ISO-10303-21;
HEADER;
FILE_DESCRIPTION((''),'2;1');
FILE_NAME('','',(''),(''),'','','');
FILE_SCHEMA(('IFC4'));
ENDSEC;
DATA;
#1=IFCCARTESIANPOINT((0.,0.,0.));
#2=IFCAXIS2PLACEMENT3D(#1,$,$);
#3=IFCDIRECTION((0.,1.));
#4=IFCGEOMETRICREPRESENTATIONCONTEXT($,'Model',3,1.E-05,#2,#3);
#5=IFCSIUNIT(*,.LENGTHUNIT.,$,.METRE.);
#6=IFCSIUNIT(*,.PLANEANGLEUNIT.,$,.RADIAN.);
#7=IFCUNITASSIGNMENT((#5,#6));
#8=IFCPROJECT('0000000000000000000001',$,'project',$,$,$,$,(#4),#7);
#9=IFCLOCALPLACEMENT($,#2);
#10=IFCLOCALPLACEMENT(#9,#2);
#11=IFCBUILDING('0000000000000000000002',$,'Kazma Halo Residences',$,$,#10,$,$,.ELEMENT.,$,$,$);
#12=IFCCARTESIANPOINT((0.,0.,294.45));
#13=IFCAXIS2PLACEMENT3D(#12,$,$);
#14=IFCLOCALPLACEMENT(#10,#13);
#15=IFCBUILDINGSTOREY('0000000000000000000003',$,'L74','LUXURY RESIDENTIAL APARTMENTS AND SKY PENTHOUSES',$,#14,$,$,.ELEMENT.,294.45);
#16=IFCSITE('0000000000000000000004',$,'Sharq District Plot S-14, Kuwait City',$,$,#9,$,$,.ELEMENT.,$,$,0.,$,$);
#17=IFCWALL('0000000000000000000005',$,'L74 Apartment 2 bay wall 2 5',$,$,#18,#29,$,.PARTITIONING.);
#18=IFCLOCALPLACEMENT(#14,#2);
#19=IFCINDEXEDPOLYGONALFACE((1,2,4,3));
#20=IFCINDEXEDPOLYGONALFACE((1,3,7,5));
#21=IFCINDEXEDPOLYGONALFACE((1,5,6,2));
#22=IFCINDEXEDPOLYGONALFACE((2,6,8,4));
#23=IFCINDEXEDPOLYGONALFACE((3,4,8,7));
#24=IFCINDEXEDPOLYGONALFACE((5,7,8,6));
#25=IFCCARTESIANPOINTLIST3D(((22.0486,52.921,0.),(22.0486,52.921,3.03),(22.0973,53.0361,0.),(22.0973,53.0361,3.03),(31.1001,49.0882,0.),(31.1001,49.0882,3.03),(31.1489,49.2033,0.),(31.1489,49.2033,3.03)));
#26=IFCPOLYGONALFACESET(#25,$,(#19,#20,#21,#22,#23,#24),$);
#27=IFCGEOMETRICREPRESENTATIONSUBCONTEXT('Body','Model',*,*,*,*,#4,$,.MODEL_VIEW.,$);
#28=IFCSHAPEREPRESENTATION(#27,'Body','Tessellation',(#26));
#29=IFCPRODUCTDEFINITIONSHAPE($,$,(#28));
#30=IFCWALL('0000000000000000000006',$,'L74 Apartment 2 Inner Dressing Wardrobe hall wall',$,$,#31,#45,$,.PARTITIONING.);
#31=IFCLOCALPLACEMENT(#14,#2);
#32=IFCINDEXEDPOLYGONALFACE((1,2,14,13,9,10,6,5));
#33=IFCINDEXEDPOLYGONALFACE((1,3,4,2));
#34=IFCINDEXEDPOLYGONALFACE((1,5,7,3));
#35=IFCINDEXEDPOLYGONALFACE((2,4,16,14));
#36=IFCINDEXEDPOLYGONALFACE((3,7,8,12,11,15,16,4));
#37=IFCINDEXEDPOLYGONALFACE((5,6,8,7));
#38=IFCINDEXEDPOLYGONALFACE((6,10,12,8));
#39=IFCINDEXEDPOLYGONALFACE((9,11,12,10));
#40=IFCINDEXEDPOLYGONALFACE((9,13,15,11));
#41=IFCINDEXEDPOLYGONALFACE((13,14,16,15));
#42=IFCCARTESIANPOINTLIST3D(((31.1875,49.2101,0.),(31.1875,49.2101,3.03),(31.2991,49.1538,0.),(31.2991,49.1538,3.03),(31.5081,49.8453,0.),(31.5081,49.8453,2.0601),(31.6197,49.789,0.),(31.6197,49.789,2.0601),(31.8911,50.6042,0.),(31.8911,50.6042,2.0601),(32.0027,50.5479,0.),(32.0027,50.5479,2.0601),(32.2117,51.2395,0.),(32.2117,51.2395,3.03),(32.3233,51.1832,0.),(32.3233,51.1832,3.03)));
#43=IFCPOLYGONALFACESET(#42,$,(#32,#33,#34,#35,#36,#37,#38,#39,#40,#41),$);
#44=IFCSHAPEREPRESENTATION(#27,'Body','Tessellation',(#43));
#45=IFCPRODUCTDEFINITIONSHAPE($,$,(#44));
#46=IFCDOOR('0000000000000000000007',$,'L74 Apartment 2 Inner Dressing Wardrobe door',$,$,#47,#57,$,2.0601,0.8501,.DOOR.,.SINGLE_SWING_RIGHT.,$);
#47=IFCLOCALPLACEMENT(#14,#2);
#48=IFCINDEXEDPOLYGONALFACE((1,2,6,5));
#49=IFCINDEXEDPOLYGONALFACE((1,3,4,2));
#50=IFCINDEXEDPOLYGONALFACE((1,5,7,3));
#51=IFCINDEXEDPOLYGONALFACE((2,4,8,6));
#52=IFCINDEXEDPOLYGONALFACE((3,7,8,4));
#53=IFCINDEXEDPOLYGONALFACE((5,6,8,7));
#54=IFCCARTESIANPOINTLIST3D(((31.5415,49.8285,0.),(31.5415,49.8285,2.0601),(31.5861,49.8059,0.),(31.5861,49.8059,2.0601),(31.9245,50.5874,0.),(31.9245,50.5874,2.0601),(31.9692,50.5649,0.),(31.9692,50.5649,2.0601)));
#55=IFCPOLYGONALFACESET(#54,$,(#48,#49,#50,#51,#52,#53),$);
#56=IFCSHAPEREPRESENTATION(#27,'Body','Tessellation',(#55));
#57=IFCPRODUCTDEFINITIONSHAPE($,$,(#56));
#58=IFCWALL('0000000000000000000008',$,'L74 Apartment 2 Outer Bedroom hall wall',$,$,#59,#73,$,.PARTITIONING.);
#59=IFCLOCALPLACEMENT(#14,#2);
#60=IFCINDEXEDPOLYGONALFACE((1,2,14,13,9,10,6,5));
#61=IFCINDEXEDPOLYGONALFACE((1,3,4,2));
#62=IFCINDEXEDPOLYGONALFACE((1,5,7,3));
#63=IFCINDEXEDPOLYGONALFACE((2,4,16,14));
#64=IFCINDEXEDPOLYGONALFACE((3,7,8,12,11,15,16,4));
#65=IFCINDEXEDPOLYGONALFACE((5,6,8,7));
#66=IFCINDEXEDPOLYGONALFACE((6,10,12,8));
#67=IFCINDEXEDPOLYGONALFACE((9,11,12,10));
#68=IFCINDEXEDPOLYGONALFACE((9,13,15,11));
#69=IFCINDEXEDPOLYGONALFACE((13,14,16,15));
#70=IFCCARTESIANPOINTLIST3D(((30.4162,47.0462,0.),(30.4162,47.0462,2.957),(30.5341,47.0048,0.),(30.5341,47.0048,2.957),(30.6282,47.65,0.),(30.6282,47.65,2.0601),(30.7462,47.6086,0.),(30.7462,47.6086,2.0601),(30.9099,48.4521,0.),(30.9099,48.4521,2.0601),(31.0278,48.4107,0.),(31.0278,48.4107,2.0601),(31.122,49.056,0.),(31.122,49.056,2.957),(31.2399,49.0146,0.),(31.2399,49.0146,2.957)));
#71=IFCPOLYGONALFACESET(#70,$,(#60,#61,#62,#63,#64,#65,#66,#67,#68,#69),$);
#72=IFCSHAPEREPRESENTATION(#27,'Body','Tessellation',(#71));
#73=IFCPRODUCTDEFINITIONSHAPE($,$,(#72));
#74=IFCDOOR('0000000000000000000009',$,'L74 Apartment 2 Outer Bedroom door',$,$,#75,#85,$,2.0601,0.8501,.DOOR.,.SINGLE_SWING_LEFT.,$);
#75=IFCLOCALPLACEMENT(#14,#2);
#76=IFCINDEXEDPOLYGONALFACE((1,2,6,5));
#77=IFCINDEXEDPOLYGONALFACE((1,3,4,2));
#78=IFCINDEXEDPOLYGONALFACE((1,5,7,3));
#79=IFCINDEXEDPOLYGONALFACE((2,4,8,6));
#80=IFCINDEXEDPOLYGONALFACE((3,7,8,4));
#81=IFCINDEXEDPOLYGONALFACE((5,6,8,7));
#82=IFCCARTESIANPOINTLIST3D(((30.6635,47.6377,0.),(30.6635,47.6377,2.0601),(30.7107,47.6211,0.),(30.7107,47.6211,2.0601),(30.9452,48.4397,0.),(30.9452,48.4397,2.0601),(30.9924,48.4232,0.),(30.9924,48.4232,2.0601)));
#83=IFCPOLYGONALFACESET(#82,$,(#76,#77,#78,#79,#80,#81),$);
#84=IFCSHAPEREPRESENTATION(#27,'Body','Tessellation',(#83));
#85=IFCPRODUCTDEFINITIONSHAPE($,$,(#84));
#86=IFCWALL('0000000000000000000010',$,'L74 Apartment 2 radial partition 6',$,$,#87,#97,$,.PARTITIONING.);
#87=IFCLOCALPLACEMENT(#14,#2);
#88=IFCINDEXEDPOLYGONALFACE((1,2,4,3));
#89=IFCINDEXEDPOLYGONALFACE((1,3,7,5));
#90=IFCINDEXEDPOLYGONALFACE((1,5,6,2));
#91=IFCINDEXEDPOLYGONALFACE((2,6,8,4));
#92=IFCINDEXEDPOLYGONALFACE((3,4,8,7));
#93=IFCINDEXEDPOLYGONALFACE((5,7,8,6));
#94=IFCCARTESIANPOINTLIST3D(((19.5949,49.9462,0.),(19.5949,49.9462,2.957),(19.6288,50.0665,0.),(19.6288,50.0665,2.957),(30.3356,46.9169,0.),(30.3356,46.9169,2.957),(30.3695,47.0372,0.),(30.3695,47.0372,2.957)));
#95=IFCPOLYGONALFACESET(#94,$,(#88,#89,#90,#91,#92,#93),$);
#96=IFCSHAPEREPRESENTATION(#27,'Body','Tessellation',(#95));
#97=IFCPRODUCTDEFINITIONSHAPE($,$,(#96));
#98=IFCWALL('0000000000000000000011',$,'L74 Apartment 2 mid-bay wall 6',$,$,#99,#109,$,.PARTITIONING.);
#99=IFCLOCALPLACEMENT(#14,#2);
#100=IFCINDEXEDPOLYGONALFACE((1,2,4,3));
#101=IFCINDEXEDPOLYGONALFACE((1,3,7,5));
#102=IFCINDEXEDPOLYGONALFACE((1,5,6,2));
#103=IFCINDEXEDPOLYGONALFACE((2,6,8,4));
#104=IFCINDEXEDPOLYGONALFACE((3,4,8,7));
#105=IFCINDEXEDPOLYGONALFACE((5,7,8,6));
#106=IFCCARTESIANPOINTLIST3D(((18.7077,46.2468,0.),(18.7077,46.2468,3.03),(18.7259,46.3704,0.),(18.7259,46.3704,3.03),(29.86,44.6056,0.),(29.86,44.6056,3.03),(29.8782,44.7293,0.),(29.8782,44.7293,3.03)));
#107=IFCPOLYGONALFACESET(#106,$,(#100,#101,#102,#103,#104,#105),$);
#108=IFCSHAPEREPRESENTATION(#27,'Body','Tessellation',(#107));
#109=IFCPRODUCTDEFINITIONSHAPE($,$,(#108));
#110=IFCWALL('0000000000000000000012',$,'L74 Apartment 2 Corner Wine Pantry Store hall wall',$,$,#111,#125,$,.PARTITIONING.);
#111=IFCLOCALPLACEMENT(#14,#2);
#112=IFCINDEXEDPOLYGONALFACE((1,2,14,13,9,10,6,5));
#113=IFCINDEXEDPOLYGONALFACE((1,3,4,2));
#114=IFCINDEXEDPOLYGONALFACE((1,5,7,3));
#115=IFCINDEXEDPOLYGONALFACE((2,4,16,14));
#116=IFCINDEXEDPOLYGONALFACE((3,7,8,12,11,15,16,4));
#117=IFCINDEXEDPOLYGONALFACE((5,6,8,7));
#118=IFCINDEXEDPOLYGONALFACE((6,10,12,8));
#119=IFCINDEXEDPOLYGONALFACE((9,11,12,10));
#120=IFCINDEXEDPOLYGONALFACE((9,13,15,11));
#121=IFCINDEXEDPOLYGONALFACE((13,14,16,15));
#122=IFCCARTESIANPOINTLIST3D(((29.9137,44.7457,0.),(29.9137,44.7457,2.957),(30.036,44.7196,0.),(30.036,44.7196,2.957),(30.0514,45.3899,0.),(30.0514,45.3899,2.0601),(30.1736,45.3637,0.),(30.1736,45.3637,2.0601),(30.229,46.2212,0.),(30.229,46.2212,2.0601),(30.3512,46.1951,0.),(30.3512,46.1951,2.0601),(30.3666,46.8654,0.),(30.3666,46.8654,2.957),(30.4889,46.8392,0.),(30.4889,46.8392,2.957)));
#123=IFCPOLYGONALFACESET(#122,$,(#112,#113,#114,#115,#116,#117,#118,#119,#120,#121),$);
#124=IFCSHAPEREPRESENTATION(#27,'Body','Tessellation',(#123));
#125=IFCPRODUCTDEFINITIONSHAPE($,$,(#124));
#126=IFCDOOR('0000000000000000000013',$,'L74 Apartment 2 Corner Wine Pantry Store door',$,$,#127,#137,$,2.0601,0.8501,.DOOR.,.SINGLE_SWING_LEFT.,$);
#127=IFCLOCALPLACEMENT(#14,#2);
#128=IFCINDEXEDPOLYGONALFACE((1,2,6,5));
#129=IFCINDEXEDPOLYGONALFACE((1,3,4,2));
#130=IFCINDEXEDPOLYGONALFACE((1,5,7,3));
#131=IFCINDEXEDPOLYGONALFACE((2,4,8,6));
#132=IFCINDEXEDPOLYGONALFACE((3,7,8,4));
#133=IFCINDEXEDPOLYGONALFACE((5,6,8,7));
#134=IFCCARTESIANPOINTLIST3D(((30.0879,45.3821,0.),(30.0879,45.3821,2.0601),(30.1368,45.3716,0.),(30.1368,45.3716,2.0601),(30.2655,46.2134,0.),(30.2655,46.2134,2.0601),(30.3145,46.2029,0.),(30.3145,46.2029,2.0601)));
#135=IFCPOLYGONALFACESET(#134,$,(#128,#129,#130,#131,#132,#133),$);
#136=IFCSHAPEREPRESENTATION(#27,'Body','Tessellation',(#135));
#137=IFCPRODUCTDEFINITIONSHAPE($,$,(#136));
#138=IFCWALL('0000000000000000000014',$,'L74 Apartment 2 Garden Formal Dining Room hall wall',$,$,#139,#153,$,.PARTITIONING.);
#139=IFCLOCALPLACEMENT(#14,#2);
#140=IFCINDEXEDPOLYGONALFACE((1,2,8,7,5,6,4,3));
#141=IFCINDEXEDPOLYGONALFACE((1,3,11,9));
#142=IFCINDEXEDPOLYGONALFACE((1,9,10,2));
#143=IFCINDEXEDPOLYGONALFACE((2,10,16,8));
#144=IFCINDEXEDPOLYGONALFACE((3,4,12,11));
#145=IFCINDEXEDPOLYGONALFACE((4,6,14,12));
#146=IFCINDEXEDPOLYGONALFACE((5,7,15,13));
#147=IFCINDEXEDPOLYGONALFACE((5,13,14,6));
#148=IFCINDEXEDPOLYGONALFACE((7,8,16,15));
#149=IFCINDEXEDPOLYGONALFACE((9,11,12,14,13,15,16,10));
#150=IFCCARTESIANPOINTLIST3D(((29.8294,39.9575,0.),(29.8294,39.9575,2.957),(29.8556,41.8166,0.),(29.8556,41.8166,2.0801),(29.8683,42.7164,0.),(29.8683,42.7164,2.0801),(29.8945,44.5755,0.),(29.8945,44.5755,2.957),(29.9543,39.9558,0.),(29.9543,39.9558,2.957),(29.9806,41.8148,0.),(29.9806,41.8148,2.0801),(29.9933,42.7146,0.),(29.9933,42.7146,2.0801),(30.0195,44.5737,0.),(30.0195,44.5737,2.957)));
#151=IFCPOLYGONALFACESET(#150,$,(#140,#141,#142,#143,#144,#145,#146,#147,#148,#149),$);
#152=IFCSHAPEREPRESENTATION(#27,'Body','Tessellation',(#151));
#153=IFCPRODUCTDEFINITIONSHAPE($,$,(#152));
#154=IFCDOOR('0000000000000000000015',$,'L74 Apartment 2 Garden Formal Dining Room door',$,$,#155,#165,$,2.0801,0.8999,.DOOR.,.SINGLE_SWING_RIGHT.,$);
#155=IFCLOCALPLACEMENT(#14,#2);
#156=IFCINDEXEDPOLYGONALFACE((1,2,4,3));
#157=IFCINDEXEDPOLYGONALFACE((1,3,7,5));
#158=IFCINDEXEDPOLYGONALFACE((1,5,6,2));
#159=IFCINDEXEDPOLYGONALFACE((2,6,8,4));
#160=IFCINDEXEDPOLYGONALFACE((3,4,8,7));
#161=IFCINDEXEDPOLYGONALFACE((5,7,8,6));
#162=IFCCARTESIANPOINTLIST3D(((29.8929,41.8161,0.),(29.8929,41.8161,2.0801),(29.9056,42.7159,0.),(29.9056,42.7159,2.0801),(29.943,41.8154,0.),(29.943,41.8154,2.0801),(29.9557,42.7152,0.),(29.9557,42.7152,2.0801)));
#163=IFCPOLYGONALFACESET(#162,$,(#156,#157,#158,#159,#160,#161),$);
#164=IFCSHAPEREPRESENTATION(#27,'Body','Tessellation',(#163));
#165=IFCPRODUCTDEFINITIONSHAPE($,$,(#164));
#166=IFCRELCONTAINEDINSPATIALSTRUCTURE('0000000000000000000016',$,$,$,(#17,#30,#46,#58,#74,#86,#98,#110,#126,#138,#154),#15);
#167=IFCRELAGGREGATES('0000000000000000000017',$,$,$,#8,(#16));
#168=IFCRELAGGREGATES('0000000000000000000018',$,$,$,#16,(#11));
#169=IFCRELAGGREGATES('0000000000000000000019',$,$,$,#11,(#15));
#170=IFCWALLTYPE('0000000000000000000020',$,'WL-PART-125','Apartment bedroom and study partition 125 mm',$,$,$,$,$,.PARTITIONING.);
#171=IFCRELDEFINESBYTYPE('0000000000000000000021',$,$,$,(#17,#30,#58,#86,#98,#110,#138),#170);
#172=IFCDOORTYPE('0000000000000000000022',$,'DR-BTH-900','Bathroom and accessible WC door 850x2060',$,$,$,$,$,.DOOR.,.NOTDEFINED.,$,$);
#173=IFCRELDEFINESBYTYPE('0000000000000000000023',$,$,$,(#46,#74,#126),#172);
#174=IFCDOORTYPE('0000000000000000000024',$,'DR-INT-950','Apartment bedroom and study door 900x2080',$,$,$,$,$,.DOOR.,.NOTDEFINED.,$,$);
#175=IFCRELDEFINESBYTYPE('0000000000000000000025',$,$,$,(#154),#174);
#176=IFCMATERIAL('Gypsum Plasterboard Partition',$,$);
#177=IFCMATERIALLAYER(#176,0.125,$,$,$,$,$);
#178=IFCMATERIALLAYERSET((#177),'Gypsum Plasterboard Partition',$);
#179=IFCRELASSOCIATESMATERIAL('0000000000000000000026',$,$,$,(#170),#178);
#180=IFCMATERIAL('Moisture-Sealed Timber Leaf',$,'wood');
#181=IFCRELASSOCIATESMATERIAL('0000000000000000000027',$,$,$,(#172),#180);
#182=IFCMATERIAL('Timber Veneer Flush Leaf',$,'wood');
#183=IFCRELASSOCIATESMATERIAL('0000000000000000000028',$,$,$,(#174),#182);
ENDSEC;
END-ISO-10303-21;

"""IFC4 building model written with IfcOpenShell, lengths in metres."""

from ifc_helpers import new_model, si_unit, direction, frame, frame_2d, origin, place, context, subcontext, project, spatial, rectangle, extrude, material, layer, layer_set, type_object, element, fill, save


model = new_model("IFC4")

# Units and contexts
model_context = context("Model", 3, precision=1e-05, world=origin(), true_north=direction((0.0, 1.0)))
body_context = subcontext(model_context, "Body", "Model", "MODEL_VIEW")
ifc_project = project(units=[si_unit("LENGTHUNIT", "METRE"), si_unit("PLANEANGLEUNIT", "RADIAN")], contexts=[model_context])

# Site, building, storey
site_placement = place(None, origin())
site = spatial("IfcSite", under=ifc_project, at=site_placement, Name="Sharq District Plot S-14, Kuwait City", CompositionType="ELEMENT", RefElevation=0.0)
building_placement = place(site_placement, origin())
building = spatial("IfcBuilding", under=site, at=building_placement, Name="Kazma Halo Residences", CompositionType="ELEMENT")
storey_placement = place(building_placement, frame((0.0, 0.0, 294.45)))
storey = spatial("IfcBuildingStorey", under=building, at=storey_placement, Name="L74", Description="LUXURY RESIDENTIAL APARTMENTS AND SKY PENTHOUSES", CompositionType="ELEMENT", Elevation=294.45)

# Wall
ifc_material_1 = material(Name="Gypsum Plasterboard Partition")
ifc_layer_1 = layer(ifc_material_1, 0.125)
ifc_layer_set_1 = layer_set([ifc_layer_1], Name="Gypsum Plasterboard Partition")
wall_type = type_object("IfcWallType", Name="WL-PART-125", Description="Apartment bedroom and study partition 125 mm", PredefinedType="PARTITIONING", material=ifc_layer_set_1)
wall_1_placement = place(storey_placement, frame((31.1245, 49.1458, 0.0), z_axis=(0.0, 0.0, 1.0), x_axis=(-0.920848, 0.389923, 0.0)))
element("IfcWall", 1, at=wall_1_placement, inside=storey, type_object=wall_type, Name="L74 Apartment 2 bay wall 2 5", PredefinedType="PARTITIONING", context=body_context, shape_type="SweptSolid", body=[
    extrude(rectangle(XDim=9.8296, YDim=0.125, at=frame_2d((4.9148, 0.0))), origin(), (0.0, 0.0, 1.0), 3.03),
])

# Walls, openings, doors
wall_2_placement = place(storey_placement, frame((32.2676, 51.2114, 0.0), z_axis=(0.0, 0.0, 1.0), x_axis=(-0.450561, -0.892745, 0.0)))
wall_2 = element("IfcWall", 2, at=wall_2_placement, inside=storey, type_object=wall_type, Name="L74 Apartment 2 Inner Dressing Wardrobe hall wall", PredefinedType="PARTITIONING", context=body_context, shape_type="SweptSolid", body=[
    extrude(rectangle(XDim=2.2732, YDim=0.125, at=frame_2d((1.1367, 0.0))), origin(), (0.0, 0.0, 1.0), 3.03),
])
opening_1_placement = place(wall_2_placement, frame((0.7117, 0.0, 0.0)))
opening_1 = element("IfcOpeningElement", 3, at=opening_1_placement, cuts=wall_2, PredefinedType="OPENING", context=body_context, shape_type="SweptSolid", body=[
    extrude(rectangle(XDim=0.8501, YDim=2.0601, at=frame_2d((0.425, 1.03))), frame((0.0, 0.0725, 0.0), z_axis=(0.0, -1.0, 0.0), x_axis=(1.0, 0.0, 0.0)), (0.0, 0.0, 1.0), 0.145),
])
ifc_material_2 = material(Name="Moisture-Sealed Timber Leaf", Category="wood")
door_type_1 = type_object("IfcDoorType", Name="DR-BTH-900", Description="Bathroom and accessible WC door 850x2060", OperationType="NOTDEFINED", PredefinedType="DOOR", material=ifc_material_2)
door_1_placement = place(opening_1_placement, origin())
door_1 = element("IfcDoor", 4, at=door_1_placement, inside=storey, type_object=door_type_1, Name="L74 Apartment 2 Inner Dressing Wardrobe door", OperationType="SINGLE_SWING_RIGHT", OverallHeight=2.0601, OverallWidth=0.8501, PredefinedType="DOOR", context=body_context, shape_type="SweptSolid", body=[
    extrude(rectangle(XDim=0.8501, YDim=2.0601, at=frame_2d((0.425, 1.03))), frame((0.0, 0.0249, 0.0), z_axis=(0.0, -1.0, 0.0), x_axis=(1.0, 0.0, 0.0)), (0.0, 0.0, 1.0), 0.05),
])
fill(opening_1, door_1)
wall_3_placement = place(storey_placement, frame((31.1809, 49.0352, 0.0), z_axis=(0.0, 0.0, 1.0), x_axis=(-0.331351, -0.943508, 0.0)))
wall_3 = element("IfcWall", 5, at=wall_3_placement, inside=storey, type_object=wall_type, Name="L74 Apartment 2 Outer Bedroom hall wall", PredefinedType="PARTITIONING", context=body_context, shape_type="SweptSolid", body=[
    extrude(rectangle(XDim=2.1301, YDim=0.125, at=frame_2d((1.0649, 0.0))), origin(), (0.0, 0.0, 1.0), 2.957),
])
opening_2_placement = place(wall_3_placement, frame((0.6399, 0.0, 0.0)))
opening_2 = element("IfcOpeningElement", 6, at=opening_2_placement, cuts=wall_3, PredefinedType="OPENING", context=body_context, shape_type="SweptSolid", body=[
    extrude(rectangle(XDim=0.8501, YDim=2.0601, at=frame_2d((0.425, 1.03))), frame((0.0, 0.0725, 0.0), z_axis=(0.0, -1.0, 0.0), x_axis=(1.0, 0.0, 0.0)), (0.0, 0.0, 1.0), 0.145),
])
door_2_placement = place(opening_2_placement, origin())
door_2 = element("IfcDoor", 7, at=door_2_placement, inside=storey, type_object=door_type_1, Name="L74 Apartment 2 Outer Bedroom door", OperationType="SINGLE_SWING_LEFT", OverallHeight=2.0601, OverallWidth=0.8501, PredefinedType="DOOR", context=body_context, shape_type="SweptSolid", body=[
    extrude(rectangle(XDim=0.8501, YDim=2.0601, at=frame_2d((0.425, 1.03))), frame((0.0, 0.0249, 0.0), z_axis=(0.0, -1.0, 0.0), x_axis=(1.0, 0.0, 0.0)), (0.0, 0.0, 1.0), 0.05),
])
fill(opening_2, door_2)

# Walls
wall_4_placement = place(storey_placement, frame((30.3525, 46.9771, 0.0), z_axis=(0.0, 0.0, 1.0), x_axis=(-0.962453, 0.271449, 0.0)))
element("IfcWall", 8, at=wall_4_placement, inside=storey, type_object=wall_type, Name="L74 Apartment 2 radial partition 6", PredefinedType="PARTITIONING", context=body_context, shape_type="SweptSolid", body=[
    extrude(rectangle(XDim=11.1597, YDim=0.125, at=frame_2d((5.5798, 0.0))), origin(), (0.0, 0.0, 1.0), 2.957),
])
wall_5_placement = place(storey_placement, frame((29.8691, 44.6675, 0.0), z_axis=(0.0, 0.0, 1.0), x_axis=(-0.989346, 0.145586, 0.0)))
element("IfcWall", 9, at=wall_5_placement, inside=storey, type_object=wall_type, Name="L74 Apartment 2 mid-bay wall 6", PredefinedType="PARTITIONING", context=body_context, shape_type="SweptSolid", body=[
    extrude(rectangle(XDim=11.2725, YDim=0.125, at=frame_2d((5.6362, 0.0))), origin(), (0.0, 0.0, 1.0), 3.03),
])

# Walls, openings, doors
wall_6_placement = place(storey_placement, frame((30.4277, 46.8523, 0.0), z_axis=(0.0, 0.0, 1.0), x_axis=(-0.208944, -0.977928, 0.0)))
wall_6 = element("IfcWall", 10, at=wall_6_placement, inside=storey, type_object=wall_type, Name="L74 Apartment 2 Corner Wine Pantry Store hall wall", PredefinedType="PARTITIONING", context=body_context, shape_type="SweptSolid", body=[
    extrude(rectangle(XDim=2.1675, YDim=0.125, at=frame_2d((1.0837, 0.0))), origin(), (0.0, 0.0, 1.0), 2.957),
])
opening_3_placement = place(wall_6_placement, frame((0.6587, 0.0, 0.0)))
opening_3 = element("IfcOpeningElement", 11, at=opening_3_placement, cuts=wall_6, PredefinedType="OPENING", context=body_context, shape_type="SweptSolid", body=[
    extrude(rectangle(XDim=0.8501, YDim=2.0601, at=frame_2d((0.425, 1.03))), frame((0.0, 0.0725, 0.0), z_axis=(0.0, -1.0, 0.0), x_axis=(1.0, 0.0, 0.0)), (0.0, 0.0, 1.0), 0.145),
])
door_3_placement = place(opening_3_placement, origin())
door_3 = element("IfcDoor", 12, at=door_3_placement, inside=storey, type_object=door_type_1, Name="L74 Apartment 2 Corner Wine Pantry Store door", OperationType="SINGLE_SWING_LEFT", OverallHeight=2.0601, OverallWidth=0.8501, PredefinedType="DOOR", context=body_context, shape_type="SweptSolid", body=[
    extrude(rectangle(XDim=0.8501, YDim=2.0601, at=frame_2d((0.425, 1.03))), frame((0.0, 0.0249, 0.0), z_axis=(0.0, -1.0, 0.0), x_axis=(1.0, 0.0, 0.0)), (0.0, 0.0, 1.0), 0.05),
])
fill(opening_3, door_3)
wall_7_placement = place(storey_placement, frame((29.957, 44.5745, 0.0), z_axis=(0.0, 0.0, 1.0), x_axis=(-0.014114, -0.9999, 0.0)))
wall_7 = element("IfcWall", 13, at=wall_7_placement, inside=storey, type_object=wall_type, Name="L74 Apartment 2 Garden Formal Dining Room hall wall", PredefinedType="PARTITIONING", context=body_context, shape_type="SweptSolid", body=[
    extrude(rectangle(XDim=4.6184, YDim=0.125, at=frame_2d((2.3091, 0.0))), origin(), (0.0, 0.0, 1.0), 2.957),
])
opening_4_placement = place(wall_7_placement, frame((1.8591, 0.0, 0.0)))
opening_4 = element("IfcOpeningElement", 14, at=opening_4_placement, cuts=wall_7, PredefinedType="OPENING", context=body_context, shape_type="SweptSolid", body=[
    extrude(rectangle(XDim=0.8999, YDim=2.0801, at=frame_2d((0.45, 1.04))), frame((0.0, 0.0725, 0.0), z_axis=(0.0, -1.0, 0.0), x_axis=(1.0, 0.0, 0.0)), (0.0, 0.0, 1.0), 0.145),
])
ifc_material_3 = material(Name="Timber Veneer Flush Leaf", Category="wood")
door_type_2 = type_object("IfcDoorType", Name="DR-INT-950", Description="Apartment bedroom and study door 900x2080", OperationType="NOTDEFINED", PredefinedType="DOOR", material=ifc_material_3)
door_4_placement = place(opening_4_placement, origin())
door_4 = element("IfcDoor", 15, at=door_4_placement, inside=storey, type_object=door_type_2, Name="L74 Apartment 2 Garden Formal Dining Room door", OperationType="SINGLE_SWING_RIGHT", OverallHeight=2.0801, OverallWidth=0.8999, PredefinedType="DOOR", context=body_context, shape_type="SweptSolid", body=[
    extrude(rectangle(XDim=0.8999, YDim=2.0801, at=frame_2d((0.45, 1.04))), frame((0.0, 0.0249, 0.0), z_axis=(0.0, -1.0, 0.0), x_axis=(1.0, 0.0, 0.0)), (0.0, 0.0, 1.0), 0.05),
])
fill(opening_4, door_4)

save(model, "model.ifc")
